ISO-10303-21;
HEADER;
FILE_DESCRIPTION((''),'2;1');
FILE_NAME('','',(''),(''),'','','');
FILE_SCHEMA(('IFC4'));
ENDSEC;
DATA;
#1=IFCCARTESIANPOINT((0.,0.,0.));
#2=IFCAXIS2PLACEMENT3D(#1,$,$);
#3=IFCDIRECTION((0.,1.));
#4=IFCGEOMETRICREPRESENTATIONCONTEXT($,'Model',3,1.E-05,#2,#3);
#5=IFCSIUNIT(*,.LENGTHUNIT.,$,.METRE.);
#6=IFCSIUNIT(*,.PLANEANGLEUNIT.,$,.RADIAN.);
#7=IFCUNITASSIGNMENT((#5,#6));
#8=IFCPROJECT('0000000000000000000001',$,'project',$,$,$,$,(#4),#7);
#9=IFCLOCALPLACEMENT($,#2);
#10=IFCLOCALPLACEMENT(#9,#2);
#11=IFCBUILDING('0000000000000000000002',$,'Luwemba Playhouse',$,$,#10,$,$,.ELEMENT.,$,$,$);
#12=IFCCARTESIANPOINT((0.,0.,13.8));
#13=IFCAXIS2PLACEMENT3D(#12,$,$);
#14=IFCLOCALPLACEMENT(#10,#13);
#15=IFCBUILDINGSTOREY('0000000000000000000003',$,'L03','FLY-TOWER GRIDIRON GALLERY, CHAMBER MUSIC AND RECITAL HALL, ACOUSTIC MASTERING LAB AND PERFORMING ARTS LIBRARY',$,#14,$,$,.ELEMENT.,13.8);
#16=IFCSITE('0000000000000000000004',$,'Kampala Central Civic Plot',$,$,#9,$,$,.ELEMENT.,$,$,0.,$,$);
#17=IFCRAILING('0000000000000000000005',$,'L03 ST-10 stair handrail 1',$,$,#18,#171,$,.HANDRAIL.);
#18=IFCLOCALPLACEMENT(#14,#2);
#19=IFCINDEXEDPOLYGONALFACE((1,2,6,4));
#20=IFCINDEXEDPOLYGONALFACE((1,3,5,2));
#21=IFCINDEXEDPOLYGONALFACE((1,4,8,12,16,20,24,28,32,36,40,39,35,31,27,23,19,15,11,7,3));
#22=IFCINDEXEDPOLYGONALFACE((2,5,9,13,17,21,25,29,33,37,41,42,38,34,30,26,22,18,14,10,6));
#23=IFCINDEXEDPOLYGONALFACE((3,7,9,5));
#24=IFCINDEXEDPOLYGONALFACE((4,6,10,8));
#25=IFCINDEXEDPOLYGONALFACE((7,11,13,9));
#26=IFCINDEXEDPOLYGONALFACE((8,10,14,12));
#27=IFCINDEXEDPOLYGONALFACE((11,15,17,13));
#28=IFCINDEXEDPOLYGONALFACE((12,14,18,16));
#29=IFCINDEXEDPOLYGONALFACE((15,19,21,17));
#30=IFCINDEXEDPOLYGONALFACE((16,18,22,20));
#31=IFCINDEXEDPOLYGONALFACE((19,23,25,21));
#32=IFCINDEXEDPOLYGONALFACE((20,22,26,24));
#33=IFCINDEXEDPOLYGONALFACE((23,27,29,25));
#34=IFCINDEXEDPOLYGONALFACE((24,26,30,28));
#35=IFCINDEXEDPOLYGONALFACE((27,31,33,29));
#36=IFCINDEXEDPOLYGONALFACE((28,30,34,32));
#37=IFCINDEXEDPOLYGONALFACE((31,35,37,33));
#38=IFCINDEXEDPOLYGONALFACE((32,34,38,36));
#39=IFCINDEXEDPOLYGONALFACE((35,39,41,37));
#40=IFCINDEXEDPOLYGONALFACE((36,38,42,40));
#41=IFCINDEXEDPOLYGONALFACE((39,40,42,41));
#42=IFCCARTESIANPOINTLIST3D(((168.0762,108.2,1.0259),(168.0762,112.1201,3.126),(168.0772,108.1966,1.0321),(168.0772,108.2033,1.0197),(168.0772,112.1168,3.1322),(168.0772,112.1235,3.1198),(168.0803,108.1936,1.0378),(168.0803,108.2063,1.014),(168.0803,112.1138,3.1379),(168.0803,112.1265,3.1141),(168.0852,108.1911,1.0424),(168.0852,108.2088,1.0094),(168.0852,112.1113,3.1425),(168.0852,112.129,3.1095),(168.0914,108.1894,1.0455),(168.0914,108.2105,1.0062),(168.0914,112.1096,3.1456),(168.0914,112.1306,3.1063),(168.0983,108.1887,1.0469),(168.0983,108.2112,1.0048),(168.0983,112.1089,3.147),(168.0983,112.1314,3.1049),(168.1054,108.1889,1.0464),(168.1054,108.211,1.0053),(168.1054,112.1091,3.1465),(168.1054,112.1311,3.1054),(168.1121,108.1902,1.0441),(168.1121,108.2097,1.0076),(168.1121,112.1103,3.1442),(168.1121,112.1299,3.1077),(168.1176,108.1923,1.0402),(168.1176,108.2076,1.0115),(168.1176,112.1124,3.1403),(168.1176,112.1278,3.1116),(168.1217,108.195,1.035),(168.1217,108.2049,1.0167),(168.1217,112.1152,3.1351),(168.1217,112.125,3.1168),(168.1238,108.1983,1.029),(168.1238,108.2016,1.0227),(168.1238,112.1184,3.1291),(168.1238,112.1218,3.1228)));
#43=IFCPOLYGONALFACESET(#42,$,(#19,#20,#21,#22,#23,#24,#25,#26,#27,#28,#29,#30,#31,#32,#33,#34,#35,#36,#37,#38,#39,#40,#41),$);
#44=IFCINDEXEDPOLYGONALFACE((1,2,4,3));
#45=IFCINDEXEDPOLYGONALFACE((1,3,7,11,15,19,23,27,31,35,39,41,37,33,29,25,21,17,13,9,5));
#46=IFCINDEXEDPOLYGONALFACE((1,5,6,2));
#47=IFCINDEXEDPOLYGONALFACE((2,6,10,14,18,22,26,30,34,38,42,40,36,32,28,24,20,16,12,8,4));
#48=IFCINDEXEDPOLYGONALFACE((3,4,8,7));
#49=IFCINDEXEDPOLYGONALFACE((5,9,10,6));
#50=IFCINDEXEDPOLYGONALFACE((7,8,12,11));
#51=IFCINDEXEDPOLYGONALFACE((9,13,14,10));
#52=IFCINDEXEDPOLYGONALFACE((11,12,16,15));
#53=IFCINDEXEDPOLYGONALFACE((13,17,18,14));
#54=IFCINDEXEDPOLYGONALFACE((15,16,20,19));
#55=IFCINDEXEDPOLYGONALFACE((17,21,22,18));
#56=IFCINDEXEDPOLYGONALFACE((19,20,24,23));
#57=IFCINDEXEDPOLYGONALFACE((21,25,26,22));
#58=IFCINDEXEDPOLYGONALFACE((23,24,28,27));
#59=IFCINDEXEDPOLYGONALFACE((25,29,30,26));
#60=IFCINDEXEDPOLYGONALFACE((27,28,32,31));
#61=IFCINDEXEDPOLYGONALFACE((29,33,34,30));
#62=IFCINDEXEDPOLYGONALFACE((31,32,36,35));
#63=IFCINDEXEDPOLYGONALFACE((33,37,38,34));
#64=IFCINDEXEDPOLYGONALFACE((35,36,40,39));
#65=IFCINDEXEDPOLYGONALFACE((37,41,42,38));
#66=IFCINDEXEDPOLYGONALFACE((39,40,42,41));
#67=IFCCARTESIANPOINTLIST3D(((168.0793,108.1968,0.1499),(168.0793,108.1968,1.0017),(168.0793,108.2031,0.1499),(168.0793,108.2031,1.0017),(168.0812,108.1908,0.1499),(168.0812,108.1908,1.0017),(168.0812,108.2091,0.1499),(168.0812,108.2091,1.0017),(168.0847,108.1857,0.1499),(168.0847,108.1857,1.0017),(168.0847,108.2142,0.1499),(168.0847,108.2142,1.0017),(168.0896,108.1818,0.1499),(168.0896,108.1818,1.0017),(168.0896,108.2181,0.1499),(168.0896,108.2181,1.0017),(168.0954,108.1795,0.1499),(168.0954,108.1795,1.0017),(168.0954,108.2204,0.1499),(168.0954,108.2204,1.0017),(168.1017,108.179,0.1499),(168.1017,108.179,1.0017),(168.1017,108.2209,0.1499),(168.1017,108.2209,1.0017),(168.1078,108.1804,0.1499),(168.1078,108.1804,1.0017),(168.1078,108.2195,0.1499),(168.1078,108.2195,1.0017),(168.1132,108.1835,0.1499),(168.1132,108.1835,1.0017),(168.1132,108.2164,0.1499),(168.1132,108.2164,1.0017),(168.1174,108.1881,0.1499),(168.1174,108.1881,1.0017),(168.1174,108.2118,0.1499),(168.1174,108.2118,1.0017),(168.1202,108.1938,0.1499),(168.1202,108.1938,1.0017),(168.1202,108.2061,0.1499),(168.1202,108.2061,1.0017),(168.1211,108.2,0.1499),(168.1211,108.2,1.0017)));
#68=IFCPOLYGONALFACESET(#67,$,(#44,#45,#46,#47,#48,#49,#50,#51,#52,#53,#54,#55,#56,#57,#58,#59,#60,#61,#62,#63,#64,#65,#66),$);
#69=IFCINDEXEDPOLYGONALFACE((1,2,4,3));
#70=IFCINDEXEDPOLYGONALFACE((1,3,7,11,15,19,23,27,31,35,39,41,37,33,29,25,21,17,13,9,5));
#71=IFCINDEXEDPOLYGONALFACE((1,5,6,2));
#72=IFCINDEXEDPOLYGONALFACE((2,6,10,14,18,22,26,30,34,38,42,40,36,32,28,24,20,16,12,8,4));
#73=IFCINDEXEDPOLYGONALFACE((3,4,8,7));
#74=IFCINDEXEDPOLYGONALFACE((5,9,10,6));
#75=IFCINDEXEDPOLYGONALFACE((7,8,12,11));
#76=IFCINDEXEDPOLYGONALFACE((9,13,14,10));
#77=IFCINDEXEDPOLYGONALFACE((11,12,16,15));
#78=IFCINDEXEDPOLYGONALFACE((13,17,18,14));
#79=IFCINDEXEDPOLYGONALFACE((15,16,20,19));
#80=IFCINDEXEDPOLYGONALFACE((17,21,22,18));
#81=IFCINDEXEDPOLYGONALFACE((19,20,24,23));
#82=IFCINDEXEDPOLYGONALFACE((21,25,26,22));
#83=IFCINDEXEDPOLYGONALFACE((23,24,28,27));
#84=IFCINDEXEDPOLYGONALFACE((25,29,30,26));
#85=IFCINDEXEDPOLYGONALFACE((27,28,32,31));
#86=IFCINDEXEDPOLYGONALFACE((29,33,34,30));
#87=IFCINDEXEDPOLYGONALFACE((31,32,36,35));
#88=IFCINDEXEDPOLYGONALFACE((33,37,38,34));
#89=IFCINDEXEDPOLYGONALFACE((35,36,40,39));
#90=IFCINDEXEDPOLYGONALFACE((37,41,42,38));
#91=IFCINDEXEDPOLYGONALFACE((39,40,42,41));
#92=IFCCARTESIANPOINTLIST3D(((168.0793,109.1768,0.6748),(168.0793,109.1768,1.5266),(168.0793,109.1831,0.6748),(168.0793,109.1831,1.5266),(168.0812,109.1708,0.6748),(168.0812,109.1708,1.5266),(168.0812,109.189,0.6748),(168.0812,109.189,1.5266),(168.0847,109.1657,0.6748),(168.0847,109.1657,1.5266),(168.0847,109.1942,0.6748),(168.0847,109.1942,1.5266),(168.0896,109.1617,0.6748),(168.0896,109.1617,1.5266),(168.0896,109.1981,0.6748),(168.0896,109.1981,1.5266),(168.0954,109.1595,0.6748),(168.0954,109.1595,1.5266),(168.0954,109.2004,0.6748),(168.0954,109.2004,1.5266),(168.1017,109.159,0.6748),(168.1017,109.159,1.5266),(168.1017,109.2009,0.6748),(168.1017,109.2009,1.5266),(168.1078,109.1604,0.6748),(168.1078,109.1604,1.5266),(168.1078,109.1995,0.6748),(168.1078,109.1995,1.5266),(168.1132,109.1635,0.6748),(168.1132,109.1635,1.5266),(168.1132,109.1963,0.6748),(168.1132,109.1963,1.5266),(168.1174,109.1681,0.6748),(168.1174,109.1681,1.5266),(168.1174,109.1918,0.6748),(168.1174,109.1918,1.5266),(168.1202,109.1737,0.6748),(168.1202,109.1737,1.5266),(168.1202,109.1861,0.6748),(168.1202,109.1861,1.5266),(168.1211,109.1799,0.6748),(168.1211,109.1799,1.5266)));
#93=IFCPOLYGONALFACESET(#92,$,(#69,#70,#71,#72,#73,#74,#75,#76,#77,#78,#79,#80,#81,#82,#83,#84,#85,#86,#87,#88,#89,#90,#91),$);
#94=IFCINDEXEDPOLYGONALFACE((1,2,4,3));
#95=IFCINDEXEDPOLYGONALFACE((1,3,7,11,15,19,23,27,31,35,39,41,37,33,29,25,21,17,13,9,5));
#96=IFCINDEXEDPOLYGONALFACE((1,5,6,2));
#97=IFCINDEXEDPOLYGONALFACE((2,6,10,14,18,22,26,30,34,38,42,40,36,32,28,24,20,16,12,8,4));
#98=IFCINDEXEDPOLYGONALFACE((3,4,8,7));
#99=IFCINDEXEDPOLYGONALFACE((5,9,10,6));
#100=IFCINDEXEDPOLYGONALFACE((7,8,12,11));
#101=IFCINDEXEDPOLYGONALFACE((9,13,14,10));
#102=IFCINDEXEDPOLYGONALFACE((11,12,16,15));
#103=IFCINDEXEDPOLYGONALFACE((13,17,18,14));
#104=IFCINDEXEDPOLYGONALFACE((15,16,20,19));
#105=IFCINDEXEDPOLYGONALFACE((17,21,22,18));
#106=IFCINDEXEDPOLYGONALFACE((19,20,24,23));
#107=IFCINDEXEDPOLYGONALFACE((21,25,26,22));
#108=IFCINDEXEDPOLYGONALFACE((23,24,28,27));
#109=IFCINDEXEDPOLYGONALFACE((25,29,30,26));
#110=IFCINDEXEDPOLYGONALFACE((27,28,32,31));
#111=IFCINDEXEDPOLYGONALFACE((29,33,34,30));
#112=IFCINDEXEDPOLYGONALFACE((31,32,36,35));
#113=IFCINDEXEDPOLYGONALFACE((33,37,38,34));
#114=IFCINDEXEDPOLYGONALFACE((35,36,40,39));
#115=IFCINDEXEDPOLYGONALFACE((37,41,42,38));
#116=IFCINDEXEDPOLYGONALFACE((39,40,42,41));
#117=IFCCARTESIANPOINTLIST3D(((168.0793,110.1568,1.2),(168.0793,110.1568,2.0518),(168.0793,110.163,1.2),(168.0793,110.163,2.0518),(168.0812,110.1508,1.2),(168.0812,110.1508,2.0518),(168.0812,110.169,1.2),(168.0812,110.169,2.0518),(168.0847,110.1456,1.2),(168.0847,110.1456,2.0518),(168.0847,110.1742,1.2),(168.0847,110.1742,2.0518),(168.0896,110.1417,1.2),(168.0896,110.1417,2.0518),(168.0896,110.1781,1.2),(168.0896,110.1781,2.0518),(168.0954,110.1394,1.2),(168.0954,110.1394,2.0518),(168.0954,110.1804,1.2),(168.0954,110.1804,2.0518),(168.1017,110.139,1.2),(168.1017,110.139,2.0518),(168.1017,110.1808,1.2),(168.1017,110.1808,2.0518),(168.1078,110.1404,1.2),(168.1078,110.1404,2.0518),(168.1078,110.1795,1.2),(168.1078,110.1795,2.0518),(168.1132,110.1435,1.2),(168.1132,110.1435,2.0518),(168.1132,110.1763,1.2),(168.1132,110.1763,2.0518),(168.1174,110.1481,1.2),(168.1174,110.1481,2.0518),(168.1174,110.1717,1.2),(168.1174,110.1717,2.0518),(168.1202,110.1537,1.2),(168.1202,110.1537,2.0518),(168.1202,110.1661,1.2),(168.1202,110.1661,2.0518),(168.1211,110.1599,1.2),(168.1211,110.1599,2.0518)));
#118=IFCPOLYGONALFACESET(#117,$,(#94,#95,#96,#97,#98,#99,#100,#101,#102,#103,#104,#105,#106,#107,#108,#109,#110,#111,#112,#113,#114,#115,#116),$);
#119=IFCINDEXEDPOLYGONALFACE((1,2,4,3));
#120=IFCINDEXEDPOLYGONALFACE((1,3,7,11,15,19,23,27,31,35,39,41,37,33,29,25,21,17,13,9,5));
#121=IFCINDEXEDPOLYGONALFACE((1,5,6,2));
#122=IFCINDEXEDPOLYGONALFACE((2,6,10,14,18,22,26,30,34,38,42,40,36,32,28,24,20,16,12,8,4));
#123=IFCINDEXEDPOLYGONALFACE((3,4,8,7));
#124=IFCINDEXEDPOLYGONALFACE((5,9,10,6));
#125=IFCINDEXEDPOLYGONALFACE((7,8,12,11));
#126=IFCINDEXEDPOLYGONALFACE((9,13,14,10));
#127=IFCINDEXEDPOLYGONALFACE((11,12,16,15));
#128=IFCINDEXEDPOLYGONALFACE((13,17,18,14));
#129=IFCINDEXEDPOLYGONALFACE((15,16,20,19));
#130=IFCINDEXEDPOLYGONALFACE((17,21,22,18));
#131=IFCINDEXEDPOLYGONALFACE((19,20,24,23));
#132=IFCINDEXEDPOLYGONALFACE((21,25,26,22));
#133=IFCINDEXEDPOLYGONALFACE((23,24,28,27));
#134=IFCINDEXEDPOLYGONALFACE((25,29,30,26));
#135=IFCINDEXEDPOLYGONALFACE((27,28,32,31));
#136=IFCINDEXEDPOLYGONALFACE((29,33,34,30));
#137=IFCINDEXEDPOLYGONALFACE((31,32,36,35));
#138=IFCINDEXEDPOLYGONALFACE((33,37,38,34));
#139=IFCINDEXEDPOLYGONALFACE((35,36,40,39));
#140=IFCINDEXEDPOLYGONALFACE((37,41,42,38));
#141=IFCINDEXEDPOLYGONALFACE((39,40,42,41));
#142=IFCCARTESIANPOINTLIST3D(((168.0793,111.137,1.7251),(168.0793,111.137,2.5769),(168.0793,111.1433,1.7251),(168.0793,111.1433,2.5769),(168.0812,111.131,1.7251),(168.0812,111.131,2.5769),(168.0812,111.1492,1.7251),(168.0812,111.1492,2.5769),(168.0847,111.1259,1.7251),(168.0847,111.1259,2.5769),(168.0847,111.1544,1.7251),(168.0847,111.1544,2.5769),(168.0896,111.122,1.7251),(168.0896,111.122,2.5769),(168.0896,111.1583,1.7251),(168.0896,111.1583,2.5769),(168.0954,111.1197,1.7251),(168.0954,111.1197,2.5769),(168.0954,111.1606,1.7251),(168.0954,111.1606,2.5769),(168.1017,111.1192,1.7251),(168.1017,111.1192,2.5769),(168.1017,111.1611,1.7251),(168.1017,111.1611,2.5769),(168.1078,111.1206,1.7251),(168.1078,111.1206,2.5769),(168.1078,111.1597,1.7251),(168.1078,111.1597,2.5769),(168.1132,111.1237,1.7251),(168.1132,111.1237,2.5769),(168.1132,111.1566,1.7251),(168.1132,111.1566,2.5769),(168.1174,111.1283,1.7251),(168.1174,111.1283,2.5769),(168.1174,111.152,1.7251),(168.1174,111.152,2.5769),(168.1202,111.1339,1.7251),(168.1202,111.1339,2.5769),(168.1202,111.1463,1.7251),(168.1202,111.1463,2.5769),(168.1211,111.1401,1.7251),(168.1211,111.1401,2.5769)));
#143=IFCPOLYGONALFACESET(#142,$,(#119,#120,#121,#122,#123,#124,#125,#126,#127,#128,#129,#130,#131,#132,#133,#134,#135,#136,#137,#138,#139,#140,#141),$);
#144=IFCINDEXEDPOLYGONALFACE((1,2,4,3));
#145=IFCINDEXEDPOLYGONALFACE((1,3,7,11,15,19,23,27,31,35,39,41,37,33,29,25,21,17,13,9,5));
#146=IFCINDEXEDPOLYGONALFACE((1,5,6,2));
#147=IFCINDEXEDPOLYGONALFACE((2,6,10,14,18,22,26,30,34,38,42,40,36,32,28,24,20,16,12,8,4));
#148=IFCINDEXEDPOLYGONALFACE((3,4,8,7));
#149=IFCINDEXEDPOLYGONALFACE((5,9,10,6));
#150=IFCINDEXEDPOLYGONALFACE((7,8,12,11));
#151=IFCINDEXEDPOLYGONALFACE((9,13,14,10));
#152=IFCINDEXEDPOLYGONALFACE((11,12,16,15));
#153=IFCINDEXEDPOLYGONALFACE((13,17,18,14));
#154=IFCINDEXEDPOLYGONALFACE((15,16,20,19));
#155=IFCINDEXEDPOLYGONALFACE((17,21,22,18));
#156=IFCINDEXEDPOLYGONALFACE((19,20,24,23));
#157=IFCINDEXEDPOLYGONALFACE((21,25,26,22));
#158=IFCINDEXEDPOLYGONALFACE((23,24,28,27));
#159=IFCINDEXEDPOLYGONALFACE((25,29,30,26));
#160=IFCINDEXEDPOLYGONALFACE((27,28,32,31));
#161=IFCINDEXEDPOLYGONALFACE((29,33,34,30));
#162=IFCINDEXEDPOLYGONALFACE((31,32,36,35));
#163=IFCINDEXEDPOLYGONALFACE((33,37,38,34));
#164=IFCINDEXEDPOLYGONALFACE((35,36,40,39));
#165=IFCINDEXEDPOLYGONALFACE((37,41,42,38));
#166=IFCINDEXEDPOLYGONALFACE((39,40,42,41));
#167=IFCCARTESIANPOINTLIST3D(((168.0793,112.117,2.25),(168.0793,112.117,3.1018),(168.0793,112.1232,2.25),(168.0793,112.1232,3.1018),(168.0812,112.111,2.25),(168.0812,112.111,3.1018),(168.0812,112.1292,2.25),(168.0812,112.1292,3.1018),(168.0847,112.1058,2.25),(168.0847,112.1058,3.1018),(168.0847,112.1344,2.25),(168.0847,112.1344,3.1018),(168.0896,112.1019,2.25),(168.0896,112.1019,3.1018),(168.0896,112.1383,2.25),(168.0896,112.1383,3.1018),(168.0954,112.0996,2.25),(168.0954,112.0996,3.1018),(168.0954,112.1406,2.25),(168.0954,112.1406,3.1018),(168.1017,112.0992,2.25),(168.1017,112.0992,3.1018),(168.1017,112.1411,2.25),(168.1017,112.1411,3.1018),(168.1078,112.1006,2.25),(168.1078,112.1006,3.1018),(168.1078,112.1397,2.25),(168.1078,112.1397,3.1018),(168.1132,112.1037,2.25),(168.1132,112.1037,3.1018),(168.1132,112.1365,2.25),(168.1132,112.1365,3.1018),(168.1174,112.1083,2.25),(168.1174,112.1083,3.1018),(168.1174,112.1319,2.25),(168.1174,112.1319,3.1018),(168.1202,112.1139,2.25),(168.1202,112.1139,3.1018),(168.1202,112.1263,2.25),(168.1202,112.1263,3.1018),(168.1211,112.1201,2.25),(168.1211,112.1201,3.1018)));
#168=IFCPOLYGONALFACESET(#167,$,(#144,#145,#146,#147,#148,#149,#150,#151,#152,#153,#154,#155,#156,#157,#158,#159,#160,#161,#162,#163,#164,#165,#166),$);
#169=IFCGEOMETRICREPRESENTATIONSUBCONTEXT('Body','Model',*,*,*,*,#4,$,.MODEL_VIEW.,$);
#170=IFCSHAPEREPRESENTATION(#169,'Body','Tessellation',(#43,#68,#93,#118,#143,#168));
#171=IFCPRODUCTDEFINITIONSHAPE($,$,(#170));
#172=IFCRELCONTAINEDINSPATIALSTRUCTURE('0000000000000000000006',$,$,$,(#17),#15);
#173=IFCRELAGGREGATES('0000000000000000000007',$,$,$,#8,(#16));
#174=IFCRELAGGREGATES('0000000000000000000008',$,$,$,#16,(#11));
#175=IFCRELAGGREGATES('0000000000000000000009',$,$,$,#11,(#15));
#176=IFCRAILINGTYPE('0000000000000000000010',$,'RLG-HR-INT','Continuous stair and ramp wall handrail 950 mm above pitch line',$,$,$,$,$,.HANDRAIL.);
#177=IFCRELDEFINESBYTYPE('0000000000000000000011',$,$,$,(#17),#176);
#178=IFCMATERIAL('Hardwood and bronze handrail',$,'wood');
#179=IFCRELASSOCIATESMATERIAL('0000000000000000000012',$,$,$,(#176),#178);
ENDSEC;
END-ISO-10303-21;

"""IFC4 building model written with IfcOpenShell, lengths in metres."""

from ifc_helpers import new_model, si_unit, direction, frame, origin, origin_2d, place, context, subcontext, project, spatial, circle, extrude, material, type_object, element, save


model = new_model("IFC4")

# Units and contexts
model_context = context("Model", 3, precision=1e-05, world=origin(), true_north=direction((0.0, 1.0)))
body_context = subcontext(model_context, "Body", "Model", "MODEL_VIEW")
ifc_project = project(units=[si_unit("LENGTHUNIT", "METRE"), si_unit("PLANEANGLEUNIT", "RADIAN")], contexts=[model_context])

# Site, building, storey
site_placement = place(None, origin())
site = spatial("IfcSite", under=ifc_project, at=site_placement, Name="Kampala Central Civic Plot", CompositionType="ELEMENT", RefElevation=0.0)
building_placement = place(site_placement, origin())
building = spatial("IfcBuilding", under=site, at=building_placement, Name="Luwemba Playhouse", CompositionType="ELEMENT")
storey_placement = place(building_placement, frame((0.0, 0.0, 13.8)))
storey = spatial("IfcBuildingStorey", under=building, at=storey_placement, Name="L03", Description="FLY-TOWER GRIDIRON GALLERY, CHAMBER MUSIC AND RECITAL HALL, ACOUSTIC MASTERING LAB AND PERFORMING ARTS LIBRARY", CompositionType="ELEMENT", Elevation=13.8)

# Railing
ifc_material_1 = material(Name="Hardwood and bronze handrail", Category="wood")
railing_type_1 = type_object("IfcRailingType", Name="RLG-HR-INT", Description="Continuous stair and ramp wall handrail 950 mm above pitch line", PredefinedType="HANDRAIL", material=ifc_material_1)
railing_1_placement = place(storey_placement, frame((168.1001, 108.2, 0.1499)))
element("IfcRailing", 1, at=railing_1_placement, inside=storey, type_object=railing_type_1, Name="L03 ST-10 stair handrail 1", PredefinedType="HANDRAIL", context=body_context, shape_type="SweptSolid", body=[
    extrude(circle(Radius=0.0239, at=origin_2d()), frame((0.0, 0.0, 0.876), z_axis=(0.0, 0.881479, 0.472223), x_axis=(-1.0, 0.0, 0.0)), (0.0, 0.0, 1.0), 4.4473),
    extrude(circle(Radius=0.021, at=origin_2d()), origin(), (0.0, 0.0, 1.0), 0.8518),
    extrude(circle(Radius=0.021, at=origin_2d()), frame((0.0, 0.98, 0.5249)), (0.0, 0.0, 1.0), 0.8518),
    extrude(circle(Radius=0.021, at=origin_2d()), frame((0.0, 1.96, 1.05)), (0.0, 0.0, 1.0), 0.8518),
    extrude(circle(Radius=0.021, at=origin_2d()), frame((0.0, 2.9402, 1.5752)), (0.0, 0.0, 1.0), 0.8518),
    extrude(circle(Radius=0.021, at=origin_2d()), frame((0.0, 3.9202, 2.1001)), (0.0, 0.0, 1.0), 0.8518),
])

save(model, "model.ifc")
